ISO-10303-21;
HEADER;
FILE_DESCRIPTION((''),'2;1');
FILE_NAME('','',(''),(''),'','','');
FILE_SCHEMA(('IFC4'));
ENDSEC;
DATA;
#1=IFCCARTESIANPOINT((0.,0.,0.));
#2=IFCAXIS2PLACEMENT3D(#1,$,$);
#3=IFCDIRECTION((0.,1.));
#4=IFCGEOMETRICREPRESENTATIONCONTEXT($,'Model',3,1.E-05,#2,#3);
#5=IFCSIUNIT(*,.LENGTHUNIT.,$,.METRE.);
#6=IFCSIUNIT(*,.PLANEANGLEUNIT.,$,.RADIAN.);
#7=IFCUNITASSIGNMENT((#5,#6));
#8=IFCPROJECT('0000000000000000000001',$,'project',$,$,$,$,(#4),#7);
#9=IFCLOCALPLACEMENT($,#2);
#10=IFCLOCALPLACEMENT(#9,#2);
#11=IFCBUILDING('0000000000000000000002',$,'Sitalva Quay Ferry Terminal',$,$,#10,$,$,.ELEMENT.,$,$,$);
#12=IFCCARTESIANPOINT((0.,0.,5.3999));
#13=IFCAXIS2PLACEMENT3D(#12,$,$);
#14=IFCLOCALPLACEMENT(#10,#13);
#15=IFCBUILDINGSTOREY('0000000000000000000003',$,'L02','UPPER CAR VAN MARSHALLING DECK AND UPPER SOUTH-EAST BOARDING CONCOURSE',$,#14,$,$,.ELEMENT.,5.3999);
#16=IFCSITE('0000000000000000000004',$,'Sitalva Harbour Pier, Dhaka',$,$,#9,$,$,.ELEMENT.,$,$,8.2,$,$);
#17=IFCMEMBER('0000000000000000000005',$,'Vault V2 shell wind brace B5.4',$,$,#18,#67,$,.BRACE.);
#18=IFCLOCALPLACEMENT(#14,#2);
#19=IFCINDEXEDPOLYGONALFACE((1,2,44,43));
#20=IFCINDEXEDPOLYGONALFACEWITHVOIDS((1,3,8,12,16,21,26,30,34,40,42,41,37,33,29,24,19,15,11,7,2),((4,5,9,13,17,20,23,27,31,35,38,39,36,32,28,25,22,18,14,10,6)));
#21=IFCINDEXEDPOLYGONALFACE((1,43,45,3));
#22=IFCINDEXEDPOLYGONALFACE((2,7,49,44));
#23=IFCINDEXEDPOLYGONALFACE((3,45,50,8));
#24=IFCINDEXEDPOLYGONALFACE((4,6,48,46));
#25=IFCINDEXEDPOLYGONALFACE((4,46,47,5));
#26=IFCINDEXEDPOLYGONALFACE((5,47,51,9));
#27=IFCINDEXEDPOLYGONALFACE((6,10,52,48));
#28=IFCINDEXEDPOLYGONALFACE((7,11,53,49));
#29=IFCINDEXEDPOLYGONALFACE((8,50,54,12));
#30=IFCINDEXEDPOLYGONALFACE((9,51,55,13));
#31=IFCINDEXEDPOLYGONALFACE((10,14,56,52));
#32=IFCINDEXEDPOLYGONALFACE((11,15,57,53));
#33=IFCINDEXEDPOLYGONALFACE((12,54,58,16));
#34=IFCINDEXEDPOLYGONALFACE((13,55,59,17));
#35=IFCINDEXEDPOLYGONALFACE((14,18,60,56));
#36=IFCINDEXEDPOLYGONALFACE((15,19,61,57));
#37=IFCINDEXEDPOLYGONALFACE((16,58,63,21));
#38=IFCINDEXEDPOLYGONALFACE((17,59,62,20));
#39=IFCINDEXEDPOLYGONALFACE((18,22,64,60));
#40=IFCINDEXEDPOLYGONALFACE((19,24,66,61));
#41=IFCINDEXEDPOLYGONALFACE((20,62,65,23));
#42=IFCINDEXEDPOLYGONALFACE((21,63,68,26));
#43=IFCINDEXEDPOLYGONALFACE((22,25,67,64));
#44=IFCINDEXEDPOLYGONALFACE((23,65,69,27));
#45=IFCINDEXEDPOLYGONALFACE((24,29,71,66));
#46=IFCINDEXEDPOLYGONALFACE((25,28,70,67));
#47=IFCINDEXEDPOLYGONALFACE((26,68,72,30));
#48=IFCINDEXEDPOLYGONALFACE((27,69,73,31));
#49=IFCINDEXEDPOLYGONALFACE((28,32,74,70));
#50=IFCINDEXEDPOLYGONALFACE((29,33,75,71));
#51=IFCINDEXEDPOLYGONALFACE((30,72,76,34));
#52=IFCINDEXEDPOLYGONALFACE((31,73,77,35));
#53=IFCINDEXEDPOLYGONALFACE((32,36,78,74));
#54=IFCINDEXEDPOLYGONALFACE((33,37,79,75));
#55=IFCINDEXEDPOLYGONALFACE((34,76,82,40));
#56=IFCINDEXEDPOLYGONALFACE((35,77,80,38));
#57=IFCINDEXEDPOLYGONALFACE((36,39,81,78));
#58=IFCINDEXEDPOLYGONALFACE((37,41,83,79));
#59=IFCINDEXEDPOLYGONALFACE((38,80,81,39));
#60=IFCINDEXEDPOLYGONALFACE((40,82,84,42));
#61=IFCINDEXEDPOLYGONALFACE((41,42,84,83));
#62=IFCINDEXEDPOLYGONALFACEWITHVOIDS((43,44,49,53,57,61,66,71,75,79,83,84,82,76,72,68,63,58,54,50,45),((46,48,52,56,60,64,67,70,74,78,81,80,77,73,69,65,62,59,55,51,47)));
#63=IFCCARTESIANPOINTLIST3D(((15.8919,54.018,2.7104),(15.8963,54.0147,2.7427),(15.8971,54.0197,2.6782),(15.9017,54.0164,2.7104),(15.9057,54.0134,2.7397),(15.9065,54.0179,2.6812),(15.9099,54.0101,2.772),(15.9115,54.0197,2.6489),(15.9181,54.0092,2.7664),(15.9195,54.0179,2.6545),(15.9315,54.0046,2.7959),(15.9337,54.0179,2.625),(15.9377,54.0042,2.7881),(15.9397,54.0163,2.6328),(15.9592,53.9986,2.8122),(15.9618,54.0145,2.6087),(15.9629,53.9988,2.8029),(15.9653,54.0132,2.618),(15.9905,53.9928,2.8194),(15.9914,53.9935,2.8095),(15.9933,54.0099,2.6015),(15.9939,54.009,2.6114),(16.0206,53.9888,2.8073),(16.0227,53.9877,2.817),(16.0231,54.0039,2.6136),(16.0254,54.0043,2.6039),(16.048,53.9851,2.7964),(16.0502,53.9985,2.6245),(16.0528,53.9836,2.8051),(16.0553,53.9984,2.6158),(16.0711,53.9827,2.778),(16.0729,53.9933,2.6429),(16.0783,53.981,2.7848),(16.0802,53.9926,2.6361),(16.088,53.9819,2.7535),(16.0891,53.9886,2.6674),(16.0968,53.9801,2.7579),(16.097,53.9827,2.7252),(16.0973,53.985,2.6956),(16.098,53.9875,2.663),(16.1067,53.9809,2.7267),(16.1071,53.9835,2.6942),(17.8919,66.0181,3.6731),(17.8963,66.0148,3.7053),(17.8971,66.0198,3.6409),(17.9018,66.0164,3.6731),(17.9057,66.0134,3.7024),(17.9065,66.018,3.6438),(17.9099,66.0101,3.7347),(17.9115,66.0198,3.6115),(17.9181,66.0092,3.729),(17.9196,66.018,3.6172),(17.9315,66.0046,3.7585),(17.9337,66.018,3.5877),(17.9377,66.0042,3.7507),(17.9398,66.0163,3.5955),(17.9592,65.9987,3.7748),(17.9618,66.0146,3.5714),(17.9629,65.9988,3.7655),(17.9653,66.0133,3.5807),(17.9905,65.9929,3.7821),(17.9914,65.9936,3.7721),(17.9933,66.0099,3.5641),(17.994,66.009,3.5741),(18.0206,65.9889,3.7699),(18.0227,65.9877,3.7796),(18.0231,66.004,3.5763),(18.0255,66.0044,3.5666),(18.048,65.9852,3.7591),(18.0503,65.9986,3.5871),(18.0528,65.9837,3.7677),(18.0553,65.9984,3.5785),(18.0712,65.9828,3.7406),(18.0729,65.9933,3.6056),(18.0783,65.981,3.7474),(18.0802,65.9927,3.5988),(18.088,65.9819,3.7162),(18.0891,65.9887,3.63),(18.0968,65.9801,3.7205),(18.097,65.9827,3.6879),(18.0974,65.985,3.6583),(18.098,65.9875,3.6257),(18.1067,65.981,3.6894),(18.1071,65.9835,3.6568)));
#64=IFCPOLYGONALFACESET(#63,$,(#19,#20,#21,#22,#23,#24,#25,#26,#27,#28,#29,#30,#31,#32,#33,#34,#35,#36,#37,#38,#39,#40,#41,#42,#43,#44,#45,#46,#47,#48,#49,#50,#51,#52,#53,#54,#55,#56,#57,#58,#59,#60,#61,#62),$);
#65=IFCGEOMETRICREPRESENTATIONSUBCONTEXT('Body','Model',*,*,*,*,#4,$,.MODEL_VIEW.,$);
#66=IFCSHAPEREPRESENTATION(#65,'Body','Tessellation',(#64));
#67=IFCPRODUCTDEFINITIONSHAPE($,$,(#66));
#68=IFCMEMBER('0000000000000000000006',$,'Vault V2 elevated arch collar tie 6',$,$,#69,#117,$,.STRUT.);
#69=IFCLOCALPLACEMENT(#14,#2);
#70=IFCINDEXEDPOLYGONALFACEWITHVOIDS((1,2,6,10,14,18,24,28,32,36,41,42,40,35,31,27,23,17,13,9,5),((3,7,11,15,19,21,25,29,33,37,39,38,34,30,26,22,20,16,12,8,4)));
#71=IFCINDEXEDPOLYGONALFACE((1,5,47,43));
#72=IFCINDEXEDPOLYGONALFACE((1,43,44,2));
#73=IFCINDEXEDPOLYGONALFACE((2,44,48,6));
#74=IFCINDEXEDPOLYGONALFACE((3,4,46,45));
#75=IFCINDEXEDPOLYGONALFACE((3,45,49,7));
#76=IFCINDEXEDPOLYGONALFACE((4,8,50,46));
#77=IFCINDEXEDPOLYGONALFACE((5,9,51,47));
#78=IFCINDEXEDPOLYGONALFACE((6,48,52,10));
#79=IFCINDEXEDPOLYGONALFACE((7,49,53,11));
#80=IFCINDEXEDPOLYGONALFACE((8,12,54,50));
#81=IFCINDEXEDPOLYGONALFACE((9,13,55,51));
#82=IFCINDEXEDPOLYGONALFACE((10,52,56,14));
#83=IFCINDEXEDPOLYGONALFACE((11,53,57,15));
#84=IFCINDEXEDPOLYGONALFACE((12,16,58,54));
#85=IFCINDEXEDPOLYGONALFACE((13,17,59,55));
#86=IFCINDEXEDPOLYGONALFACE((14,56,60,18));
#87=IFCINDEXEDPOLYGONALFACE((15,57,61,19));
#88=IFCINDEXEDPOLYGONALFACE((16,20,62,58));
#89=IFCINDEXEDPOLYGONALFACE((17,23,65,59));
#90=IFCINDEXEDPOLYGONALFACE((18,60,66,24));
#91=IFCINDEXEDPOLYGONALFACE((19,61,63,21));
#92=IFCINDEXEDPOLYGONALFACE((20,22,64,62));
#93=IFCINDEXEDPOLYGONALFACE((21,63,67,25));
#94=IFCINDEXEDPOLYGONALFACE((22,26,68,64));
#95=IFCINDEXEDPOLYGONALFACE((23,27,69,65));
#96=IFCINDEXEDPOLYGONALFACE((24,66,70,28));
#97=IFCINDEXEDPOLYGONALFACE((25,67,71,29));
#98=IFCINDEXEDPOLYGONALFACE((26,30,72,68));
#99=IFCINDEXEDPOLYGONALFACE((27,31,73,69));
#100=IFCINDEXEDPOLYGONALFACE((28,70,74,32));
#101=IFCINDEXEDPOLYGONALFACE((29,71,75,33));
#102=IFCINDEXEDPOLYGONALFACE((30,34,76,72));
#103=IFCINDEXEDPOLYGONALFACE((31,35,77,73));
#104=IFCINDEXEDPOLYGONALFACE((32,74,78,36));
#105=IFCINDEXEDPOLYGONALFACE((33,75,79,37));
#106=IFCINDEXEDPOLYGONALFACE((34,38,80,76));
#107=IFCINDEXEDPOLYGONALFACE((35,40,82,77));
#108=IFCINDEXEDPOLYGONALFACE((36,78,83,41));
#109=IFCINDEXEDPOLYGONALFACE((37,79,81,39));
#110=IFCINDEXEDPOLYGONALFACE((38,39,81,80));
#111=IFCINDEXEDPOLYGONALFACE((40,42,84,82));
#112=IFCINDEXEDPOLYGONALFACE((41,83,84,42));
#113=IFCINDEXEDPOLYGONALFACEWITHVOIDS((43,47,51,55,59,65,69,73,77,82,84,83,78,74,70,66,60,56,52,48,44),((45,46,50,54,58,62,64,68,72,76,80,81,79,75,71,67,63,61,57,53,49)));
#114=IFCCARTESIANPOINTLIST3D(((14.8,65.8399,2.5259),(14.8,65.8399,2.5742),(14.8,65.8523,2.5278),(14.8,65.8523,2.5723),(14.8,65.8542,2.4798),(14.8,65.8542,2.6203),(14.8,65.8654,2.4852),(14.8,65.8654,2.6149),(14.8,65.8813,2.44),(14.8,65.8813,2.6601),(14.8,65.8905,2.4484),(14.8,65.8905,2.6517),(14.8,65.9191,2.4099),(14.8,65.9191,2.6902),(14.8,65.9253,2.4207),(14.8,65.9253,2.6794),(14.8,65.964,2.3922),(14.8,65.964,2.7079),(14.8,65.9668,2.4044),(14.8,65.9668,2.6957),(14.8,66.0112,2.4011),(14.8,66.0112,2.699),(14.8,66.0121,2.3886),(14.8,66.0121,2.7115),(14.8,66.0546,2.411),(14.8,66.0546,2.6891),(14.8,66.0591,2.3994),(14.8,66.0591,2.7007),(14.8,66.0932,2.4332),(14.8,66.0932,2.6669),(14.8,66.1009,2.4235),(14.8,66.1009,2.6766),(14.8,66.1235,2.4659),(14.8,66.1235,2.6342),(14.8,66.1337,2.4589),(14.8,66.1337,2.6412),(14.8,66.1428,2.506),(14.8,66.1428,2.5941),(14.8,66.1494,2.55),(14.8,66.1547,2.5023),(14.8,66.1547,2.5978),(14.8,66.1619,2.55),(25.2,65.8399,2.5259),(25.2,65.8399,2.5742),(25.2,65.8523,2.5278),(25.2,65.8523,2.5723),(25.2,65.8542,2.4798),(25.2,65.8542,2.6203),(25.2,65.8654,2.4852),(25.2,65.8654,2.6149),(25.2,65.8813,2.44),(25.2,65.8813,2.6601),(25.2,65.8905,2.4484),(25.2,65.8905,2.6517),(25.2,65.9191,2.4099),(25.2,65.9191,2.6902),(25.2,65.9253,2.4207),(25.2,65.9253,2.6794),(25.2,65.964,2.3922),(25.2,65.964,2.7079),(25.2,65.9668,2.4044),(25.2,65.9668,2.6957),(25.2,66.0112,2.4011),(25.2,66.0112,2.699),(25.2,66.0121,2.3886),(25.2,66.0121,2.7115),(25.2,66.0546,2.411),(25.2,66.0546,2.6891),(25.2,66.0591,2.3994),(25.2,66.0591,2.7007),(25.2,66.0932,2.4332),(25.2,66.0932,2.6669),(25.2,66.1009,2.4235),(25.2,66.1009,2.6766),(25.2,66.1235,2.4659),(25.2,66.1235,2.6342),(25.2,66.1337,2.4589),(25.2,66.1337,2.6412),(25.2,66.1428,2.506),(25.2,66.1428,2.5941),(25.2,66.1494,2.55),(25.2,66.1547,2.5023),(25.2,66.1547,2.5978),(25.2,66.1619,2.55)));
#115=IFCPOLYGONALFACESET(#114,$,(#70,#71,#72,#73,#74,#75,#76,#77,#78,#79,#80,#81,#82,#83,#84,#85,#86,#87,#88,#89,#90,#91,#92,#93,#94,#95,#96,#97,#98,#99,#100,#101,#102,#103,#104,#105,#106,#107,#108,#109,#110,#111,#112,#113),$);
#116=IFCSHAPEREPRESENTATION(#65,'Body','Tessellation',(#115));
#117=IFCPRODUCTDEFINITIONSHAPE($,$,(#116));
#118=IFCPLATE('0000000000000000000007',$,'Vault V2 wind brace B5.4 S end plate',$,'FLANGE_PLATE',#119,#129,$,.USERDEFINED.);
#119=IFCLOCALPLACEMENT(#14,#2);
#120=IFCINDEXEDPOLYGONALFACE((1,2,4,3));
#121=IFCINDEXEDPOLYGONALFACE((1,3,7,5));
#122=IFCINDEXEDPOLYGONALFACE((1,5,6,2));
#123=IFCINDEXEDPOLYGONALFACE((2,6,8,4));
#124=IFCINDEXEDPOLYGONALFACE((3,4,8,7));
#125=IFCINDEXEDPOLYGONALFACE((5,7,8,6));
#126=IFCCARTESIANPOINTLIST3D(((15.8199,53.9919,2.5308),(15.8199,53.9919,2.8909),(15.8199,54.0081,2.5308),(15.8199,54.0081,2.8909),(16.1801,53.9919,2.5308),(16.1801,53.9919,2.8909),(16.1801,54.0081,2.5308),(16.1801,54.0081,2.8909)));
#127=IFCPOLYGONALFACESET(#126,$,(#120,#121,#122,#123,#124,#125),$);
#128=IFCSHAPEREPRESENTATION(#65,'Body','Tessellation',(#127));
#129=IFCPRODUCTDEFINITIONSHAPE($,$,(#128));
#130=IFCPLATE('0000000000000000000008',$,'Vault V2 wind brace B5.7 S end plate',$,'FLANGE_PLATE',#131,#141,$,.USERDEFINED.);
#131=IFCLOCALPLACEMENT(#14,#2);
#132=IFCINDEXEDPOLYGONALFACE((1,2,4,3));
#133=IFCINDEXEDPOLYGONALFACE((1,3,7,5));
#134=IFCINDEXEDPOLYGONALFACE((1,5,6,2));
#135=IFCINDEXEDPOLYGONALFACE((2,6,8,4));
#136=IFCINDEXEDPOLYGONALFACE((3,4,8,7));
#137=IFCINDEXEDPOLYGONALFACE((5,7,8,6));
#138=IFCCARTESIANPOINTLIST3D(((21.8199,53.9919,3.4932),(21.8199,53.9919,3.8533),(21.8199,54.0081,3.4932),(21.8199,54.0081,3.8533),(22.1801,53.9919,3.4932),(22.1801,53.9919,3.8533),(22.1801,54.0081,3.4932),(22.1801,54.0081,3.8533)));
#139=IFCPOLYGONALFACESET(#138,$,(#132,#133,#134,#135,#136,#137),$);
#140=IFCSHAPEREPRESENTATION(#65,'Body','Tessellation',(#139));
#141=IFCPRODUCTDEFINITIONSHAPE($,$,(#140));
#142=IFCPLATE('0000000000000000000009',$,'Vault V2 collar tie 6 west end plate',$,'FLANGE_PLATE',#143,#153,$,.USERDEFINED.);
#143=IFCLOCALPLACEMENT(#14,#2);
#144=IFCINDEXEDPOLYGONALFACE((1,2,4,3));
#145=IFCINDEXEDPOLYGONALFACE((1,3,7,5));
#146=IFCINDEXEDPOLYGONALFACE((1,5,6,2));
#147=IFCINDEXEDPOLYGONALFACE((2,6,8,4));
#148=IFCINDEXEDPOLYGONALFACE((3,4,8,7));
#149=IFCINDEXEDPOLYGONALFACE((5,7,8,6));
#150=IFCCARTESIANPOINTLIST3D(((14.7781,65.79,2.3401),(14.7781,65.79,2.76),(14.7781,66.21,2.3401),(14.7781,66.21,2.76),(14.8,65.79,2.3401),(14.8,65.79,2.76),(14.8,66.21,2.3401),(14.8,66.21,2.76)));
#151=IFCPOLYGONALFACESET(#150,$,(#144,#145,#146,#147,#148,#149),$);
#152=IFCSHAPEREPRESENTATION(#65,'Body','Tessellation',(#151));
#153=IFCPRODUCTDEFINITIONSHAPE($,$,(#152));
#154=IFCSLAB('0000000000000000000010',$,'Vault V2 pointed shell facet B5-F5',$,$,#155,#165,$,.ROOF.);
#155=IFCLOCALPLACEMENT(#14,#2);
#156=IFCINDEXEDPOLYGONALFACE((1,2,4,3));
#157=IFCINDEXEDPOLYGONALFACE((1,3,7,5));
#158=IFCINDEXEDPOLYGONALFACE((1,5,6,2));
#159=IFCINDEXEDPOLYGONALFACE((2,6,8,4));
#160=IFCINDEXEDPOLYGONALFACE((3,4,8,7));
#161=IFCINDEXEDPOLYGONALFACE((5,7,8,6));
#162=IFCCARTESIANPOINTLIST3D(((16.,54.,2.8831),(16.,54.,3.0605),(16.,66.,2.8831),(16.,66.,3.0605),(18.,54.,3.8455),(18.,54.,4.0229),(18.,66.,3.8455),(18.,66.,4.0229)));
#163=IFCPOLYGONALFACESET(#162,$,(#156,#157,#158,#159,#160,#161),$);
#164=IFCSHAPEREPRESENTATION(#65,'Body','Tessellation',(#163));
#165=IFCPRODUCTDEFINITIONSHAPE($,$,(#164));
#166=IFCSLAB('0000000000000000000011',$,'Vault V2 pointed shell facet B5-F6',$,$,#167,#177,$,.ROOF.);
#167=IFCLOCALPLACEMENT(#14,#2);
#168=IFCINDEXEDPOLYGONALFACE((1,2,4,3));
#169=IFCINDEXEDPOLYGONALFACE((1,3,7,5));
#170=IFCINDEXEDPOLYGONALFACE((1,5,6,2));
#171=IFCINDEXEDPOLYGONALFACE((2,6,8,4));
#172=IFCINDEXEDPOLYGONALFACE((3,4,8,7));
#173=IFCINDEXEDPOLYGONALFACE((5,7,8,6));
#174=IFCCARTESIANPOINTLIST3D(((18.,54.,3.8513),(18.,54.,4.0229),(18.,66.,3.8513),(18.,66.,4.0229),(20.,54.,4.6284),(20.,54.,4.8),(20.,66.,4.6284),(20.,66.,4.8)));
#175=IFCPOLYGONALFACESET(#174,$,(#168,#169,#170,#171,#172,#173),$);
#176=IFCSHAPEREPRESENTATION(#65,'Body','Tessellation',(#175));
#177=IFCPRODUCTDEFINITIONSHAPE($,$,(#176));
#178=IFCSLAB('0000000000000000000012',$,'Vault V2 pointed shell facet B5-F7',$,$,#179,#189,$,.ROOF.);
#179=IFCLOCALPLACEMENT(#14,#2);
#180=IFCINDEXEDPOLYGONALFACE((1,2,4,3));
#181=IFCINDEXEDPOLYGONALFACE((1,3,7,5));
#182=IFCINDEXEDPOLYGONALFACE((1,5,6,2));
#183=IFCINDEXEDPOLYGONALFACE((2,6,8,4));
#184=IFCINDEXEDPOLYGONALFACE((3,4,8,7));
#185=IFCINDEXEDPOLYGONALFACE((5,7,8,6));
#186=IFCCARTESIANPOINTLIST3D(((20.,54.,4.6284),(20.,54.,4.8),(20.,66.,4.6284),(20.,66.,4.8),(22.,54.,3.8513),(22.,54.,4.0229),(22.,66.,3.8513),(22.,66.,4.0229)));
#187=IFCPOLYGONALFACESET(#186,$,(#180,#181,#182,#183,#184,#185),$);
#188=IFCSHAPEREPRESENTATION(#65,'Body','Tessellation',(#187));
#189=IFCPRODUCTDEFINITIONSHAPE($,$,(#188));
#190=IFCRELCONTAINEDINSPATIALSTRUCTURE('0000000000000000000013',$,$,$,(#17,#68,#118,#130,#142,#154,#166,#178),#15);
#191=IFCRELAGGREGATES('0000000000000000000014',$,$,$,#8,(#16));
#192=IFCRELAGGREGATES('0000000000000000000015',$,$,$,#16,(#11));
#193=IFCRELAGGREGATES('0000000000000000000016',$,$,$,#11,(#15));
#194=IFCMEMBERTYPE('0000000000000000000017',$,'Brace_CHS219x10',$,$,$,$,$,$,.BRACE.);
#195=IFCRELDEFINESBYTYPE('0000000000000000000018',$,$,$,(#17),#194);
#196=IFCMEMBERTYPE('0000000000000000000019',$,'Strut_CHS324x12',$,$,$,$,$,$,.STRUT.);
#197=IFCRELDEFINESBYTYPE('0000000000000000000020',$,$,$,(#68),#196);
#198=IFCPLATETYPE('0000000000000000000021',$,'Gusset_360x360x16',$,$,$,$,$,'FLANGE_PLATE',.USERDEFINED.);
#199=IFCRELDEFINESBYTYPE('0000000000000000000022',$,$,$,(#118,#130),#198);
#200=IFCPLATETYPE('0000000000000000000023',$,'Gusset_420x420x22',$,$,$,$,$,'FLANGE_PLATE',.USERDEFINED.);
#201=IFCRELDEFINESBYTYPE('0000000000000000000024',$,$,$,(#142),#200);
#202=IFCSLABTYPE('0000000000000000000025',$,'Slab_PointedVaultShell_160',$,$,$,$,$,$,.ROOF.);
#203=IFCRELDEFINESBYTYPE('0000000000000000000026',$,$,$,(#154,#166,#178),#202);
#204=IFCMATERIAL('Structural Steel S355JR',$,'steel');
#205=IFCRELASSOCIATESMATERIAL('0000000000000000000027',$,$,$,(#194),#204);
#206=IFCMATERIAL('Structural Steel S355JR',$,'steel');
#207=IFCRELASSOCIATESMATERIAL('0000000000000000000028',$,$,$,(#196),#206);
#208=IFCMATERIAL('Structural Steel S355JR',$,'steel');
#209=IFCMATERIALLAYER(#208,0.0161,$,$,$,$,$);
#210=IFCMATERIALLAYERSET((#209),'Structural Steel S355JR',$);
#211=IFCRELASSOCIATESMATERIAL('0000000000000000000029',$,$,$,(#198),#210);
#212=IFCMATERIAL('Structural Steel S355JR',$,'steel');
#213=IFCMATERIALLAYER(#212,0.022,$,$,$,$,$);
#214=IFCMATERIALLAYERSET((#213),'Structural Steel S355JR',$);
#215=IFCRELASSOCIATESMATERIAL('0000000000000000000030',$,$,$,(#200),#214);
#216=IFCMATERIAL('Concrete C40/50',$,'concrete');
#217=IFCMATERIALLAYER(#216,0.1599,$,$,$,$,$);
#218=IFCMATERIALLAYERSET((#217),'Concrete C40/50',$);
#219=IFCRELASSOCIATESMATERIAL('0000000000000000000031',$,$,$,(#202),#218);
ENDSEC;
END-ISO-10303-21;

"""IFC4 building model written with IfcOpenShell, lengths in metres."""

from ifc_helpers import new_model, si_unit, direction, frame, origin, origin_2d, place, context, subcontext, project, spatial, polyline, rectangle, hollow_circle, outline, extrude, material, layer, layer_set, material_profile, profile_set, type_object, element, save


model = new_model("IFC4")

# Units and contexts
model_context = context("Model", 3, precision=1e-05, world=origin(), true_north=direction((0.0, 1.0)))
body_context = subcontext(model_context, "Body", "Model", "MODEL_VIEW")
ifc_project = project(units=[si_unit("LENGTHUNIT", "METRE"), si_unit("PLANEANGLEUNIT", "RADIAN")], contexts=[model_context])

# Site, building, storey
site_placement = place(None, origin())
site = spatial("IfcSite", under=ifc_project, at=site_placement, Name="Sitalva Harbour Pier, Dhaka", CompositionType="ELEMENT", RefElevation=8.2)
building_placement = place(site_placement, origin())
building = spatial("IfcBuilding", under=site, at=building_placement, Name="Sitalva Quay Ferry Terminal", CompositionType="ELEMENT")
storey_placement = place(building_placement, frame((0.0, 0.0, 5.3999)))
storey = spatial("IfcBuildingStorey", under=building, at=storey_placement, Name="L02", Description="UPPER CAR VAN MARSHALLING DECK AND UPPER SOUTH-EAST BOARDING CONCOURSE", CompositionType="ELEMENT", Elevation=5.3999)

# Members
ifc_material_1 = material(Name="Structural Steel S355JR", Category="steel")
ifc_material_profile_1 = material_profile(ifc_material_1, hollow_circle(Radius=0.1096, WallThickness=0.01, at=origin_2d()), Name="CHS219x10")
ifc_profile_set_1 = profile_set([ifc_material_profile_1], Name="Structural Steel S355JR")
member_type_1 = type_object("IfcMemberType", Name="Brace_CHS219x10", PredefinedType="BRACE", material=ifc_profile_set_1)
member_1_placement = place(storey_placement, frame((16.0, 54.0, 2.7104), z_axis=(0.163887, 0.98332, 0.078882), x_axis=(-0.986394, 0.164399, 0.0)))
element("IfcMember", 1, at=member_1_placement, inside=storey, type_object=member_type_1, Name="Vault V2 shell wind brace B5.4", PredefinedType="BRACE", context=body_context, shape_type="SweptSolid", body=[
    extrude(hollow_circle(Radius=0.1096, WallThickness=0.01, at=origin_2d()), origin(), (0.0, 0.0, 1.0), 12.2036),
])
ifc_material_2 = material(Name="Structural Steel S355JR", Category="steel")
ifc_material_profile_2 = material_profile(ifc_material_2, hollow_circle(Radius=0.1619, WallThickness=0.0125, at=origin_2d()), Name="CHS324x12.5")
ifc_profile_set_2 = profile_set([ifc_material_profile_2], Name="Structural Steel S355JR")
member_type_2 = type_object("IfcMemberType", Name="Strut_CHS324x12", PredefinedType="STRUT", material=ifc_profile_set_2)
member_2_placement = place(storey_placement, frame((14.8, 66.0, 2.55), z_axis=(1.0, 0.0, 0.0), x_axis=(0.0, 1.0, 0.0)))
element("IfcMember", 2, at=member_2_placement, inside=storey, type_object=member_type_2, Name="Vault V2 elevated arch collar tie 6", PredefinedType="STRUT", context=body_context, shape_type="SweptSolid", body=[
    extrude(hollow_circle(Radius=0.1619, WallThickness=0.0125, at=origin_2d()), origin(), (0.0, 0.0, 1.0), 10.3999),
])

# Plates
ifc_material_3 = material(Name="Structural Steel S355JR", Category="steel")
ifc_layer_1 = layer(ifc_material_3, 0.0161)
ifc_layer_set_1 = layer_set([ifc_layer_1], Name="Structural Steel S355JR")
plate_type_1 = type_object("IfcPlateType", Name="Gusset_360x360x16", ElementType="FLANGE_PLATE", PredefinedType="USERDEFINED", material=ifc_layer_set_1)
for number, where, z_axis, x_axis, name in (
    (3, (16.0, 54.0, 2.5308), (0.0, 0.0, 1.0), (1.0, 0.0, 0.0), "Vault V2 wind brace B5.4 S end plate"),
    (4, (22.0, 54.0, 3.4932), (0.0, 0.0, 1.0), (1.0, 0.0, 0.0), "Vault V2 wind brace B5.7 S end plate"),
):
    element("IfcPlate", number, at=place(storey_placement, frame(where, z_axis=z_axis, x_axis=x_axis)), inside=storey, type_object=plate_type_1, Name=name, ObjectType="FLANGE_PLATE", PredefinedType="USERDEFINED", context=body_context, shape_type="SweptSolid", body=[
        extrude(rectangle(XDim=0.3601, YDim=0.0161, at=origin_2d()), origin(), (0.0, 0.0, 1.0), 0.3601),
    ])
ifc_material_4 = material(Name="Structural Steel S355JR", Category="steel")
ifc_layer_2 = layer(ifc_material_4, 0.022)
ifc_layer_set_2 = layer_set([ifc_layer_2], Name="Structural Steel S355JR")
plate_type_2 = type_object("IfcPlateType", Name="Gusset_420x420x22", ElementType="FLANGE_PLATE", PredefinedType="USERDEFINED", material=ifc_layer_set_2)
plate_placement = place(storey_placement, frame((14.7891, 66.0, 2.3401), z_axis=(0.0, 0.0, 1.0), x_axis=(1.0, 0.0, 0.0)))
element("IfcPlate", 5, at=plate_placement, inside=storey, type_object=plate_type_2, Name="Vault V2 collar tie 6 west end plate", ObjectType="FLANGE_PLATE", PredefinedType="USERDEFINED", context=body_context, shape_type="SweptSolid", body=[
    extrude(rectangle(XDim=0.022, YDim=0.4199, at=origin_2d()), origin(), (0.0, 0.0, 1.0), 0.4199),
])

# Slabs
ifc_material_5 = material(Name="Concrete C40/50", Category="concrete")
ifc_layer_3 = layer(ifc_material_5, 0.1599)
ifc_layer_set_3 = layer_set([ifc_layer_3], Name="Concrete C40/50")
slab_type = type_object("IfcSlabType", Name="Slab_PointedVaultShell_160", PredefinedType="ROOF", material=ifc_layer_set_3)
slab_1_placement = place(storey_placement, frame((16.0, 54.0, 3.0605), z_axis=(-0.433611, 0.0, 0.9011), x_axis=(0.9011, 0.0, 0.433611)))
element("IfcSlab", 6, at=slab_1_placement, inside=storey, type_object=slab_type, Name="Vault V2 pointed shell facet B5-F5", PredefinedType="ROOF", context=body_context, shape_type="SweptSolid", body=[
    extrude(outline(polyline([(0.0, 0.0), (2.2195, 0.0), (2.2195, 12.0), (0.0, 12.0), (0.0, 0.0)])), origin(), (-0.433611, 0.0, -0.9011), 0.1775),
])
slab_2_placement = place(storey_placement, frame((18.0, 54.0, 4.0229), z_axis=(-0.362172, 0.0, 0.932111), x_axis=(0.932111, 0.0, 0.362172)))
element("IfcSlab", 7, at=slab_2_placement, inside=storey, type_object=slab_type, Name="Vault V2 pointed shell facet B5-F6", PredefinedType="ROOF", context=body_context, shape_type="SweptSolid", body=[
    extrude(outline(polyline([(0.0, 0.0), (2.1457, 0.0), (2.1457, 12.0), (0.0, 12.0), (0.0, 0.0)])), origin(), (-0.362172, 0.0, -0.932111), 0.1716),
])
slab_3_placement = place(storey_placement, frame((20.0, 54.0, 4.8), z_axis=(0.362172, 0.0, 0.932111), x_axis=(0.932111, 0.0, -0.362172)))
element("IfcSlab", 8, at=slab_3_placement, inside=storey, type_object=slab_type, Name="Vault V2 pointed shell facet B5-F7", PredefinedType="ROOF", context=body_context, shape_type="SweptSolid", body=[
    extrude(outline(polyline([(0.0, 0.0), (2.1457, 0.0), (2.1457, 12.0), (0.0, 12.0), (0.0, 0.0)])), origin(), (0.362172, 0.0, -0.932111), 0.1716),
])

save(model, "model.ifc")
